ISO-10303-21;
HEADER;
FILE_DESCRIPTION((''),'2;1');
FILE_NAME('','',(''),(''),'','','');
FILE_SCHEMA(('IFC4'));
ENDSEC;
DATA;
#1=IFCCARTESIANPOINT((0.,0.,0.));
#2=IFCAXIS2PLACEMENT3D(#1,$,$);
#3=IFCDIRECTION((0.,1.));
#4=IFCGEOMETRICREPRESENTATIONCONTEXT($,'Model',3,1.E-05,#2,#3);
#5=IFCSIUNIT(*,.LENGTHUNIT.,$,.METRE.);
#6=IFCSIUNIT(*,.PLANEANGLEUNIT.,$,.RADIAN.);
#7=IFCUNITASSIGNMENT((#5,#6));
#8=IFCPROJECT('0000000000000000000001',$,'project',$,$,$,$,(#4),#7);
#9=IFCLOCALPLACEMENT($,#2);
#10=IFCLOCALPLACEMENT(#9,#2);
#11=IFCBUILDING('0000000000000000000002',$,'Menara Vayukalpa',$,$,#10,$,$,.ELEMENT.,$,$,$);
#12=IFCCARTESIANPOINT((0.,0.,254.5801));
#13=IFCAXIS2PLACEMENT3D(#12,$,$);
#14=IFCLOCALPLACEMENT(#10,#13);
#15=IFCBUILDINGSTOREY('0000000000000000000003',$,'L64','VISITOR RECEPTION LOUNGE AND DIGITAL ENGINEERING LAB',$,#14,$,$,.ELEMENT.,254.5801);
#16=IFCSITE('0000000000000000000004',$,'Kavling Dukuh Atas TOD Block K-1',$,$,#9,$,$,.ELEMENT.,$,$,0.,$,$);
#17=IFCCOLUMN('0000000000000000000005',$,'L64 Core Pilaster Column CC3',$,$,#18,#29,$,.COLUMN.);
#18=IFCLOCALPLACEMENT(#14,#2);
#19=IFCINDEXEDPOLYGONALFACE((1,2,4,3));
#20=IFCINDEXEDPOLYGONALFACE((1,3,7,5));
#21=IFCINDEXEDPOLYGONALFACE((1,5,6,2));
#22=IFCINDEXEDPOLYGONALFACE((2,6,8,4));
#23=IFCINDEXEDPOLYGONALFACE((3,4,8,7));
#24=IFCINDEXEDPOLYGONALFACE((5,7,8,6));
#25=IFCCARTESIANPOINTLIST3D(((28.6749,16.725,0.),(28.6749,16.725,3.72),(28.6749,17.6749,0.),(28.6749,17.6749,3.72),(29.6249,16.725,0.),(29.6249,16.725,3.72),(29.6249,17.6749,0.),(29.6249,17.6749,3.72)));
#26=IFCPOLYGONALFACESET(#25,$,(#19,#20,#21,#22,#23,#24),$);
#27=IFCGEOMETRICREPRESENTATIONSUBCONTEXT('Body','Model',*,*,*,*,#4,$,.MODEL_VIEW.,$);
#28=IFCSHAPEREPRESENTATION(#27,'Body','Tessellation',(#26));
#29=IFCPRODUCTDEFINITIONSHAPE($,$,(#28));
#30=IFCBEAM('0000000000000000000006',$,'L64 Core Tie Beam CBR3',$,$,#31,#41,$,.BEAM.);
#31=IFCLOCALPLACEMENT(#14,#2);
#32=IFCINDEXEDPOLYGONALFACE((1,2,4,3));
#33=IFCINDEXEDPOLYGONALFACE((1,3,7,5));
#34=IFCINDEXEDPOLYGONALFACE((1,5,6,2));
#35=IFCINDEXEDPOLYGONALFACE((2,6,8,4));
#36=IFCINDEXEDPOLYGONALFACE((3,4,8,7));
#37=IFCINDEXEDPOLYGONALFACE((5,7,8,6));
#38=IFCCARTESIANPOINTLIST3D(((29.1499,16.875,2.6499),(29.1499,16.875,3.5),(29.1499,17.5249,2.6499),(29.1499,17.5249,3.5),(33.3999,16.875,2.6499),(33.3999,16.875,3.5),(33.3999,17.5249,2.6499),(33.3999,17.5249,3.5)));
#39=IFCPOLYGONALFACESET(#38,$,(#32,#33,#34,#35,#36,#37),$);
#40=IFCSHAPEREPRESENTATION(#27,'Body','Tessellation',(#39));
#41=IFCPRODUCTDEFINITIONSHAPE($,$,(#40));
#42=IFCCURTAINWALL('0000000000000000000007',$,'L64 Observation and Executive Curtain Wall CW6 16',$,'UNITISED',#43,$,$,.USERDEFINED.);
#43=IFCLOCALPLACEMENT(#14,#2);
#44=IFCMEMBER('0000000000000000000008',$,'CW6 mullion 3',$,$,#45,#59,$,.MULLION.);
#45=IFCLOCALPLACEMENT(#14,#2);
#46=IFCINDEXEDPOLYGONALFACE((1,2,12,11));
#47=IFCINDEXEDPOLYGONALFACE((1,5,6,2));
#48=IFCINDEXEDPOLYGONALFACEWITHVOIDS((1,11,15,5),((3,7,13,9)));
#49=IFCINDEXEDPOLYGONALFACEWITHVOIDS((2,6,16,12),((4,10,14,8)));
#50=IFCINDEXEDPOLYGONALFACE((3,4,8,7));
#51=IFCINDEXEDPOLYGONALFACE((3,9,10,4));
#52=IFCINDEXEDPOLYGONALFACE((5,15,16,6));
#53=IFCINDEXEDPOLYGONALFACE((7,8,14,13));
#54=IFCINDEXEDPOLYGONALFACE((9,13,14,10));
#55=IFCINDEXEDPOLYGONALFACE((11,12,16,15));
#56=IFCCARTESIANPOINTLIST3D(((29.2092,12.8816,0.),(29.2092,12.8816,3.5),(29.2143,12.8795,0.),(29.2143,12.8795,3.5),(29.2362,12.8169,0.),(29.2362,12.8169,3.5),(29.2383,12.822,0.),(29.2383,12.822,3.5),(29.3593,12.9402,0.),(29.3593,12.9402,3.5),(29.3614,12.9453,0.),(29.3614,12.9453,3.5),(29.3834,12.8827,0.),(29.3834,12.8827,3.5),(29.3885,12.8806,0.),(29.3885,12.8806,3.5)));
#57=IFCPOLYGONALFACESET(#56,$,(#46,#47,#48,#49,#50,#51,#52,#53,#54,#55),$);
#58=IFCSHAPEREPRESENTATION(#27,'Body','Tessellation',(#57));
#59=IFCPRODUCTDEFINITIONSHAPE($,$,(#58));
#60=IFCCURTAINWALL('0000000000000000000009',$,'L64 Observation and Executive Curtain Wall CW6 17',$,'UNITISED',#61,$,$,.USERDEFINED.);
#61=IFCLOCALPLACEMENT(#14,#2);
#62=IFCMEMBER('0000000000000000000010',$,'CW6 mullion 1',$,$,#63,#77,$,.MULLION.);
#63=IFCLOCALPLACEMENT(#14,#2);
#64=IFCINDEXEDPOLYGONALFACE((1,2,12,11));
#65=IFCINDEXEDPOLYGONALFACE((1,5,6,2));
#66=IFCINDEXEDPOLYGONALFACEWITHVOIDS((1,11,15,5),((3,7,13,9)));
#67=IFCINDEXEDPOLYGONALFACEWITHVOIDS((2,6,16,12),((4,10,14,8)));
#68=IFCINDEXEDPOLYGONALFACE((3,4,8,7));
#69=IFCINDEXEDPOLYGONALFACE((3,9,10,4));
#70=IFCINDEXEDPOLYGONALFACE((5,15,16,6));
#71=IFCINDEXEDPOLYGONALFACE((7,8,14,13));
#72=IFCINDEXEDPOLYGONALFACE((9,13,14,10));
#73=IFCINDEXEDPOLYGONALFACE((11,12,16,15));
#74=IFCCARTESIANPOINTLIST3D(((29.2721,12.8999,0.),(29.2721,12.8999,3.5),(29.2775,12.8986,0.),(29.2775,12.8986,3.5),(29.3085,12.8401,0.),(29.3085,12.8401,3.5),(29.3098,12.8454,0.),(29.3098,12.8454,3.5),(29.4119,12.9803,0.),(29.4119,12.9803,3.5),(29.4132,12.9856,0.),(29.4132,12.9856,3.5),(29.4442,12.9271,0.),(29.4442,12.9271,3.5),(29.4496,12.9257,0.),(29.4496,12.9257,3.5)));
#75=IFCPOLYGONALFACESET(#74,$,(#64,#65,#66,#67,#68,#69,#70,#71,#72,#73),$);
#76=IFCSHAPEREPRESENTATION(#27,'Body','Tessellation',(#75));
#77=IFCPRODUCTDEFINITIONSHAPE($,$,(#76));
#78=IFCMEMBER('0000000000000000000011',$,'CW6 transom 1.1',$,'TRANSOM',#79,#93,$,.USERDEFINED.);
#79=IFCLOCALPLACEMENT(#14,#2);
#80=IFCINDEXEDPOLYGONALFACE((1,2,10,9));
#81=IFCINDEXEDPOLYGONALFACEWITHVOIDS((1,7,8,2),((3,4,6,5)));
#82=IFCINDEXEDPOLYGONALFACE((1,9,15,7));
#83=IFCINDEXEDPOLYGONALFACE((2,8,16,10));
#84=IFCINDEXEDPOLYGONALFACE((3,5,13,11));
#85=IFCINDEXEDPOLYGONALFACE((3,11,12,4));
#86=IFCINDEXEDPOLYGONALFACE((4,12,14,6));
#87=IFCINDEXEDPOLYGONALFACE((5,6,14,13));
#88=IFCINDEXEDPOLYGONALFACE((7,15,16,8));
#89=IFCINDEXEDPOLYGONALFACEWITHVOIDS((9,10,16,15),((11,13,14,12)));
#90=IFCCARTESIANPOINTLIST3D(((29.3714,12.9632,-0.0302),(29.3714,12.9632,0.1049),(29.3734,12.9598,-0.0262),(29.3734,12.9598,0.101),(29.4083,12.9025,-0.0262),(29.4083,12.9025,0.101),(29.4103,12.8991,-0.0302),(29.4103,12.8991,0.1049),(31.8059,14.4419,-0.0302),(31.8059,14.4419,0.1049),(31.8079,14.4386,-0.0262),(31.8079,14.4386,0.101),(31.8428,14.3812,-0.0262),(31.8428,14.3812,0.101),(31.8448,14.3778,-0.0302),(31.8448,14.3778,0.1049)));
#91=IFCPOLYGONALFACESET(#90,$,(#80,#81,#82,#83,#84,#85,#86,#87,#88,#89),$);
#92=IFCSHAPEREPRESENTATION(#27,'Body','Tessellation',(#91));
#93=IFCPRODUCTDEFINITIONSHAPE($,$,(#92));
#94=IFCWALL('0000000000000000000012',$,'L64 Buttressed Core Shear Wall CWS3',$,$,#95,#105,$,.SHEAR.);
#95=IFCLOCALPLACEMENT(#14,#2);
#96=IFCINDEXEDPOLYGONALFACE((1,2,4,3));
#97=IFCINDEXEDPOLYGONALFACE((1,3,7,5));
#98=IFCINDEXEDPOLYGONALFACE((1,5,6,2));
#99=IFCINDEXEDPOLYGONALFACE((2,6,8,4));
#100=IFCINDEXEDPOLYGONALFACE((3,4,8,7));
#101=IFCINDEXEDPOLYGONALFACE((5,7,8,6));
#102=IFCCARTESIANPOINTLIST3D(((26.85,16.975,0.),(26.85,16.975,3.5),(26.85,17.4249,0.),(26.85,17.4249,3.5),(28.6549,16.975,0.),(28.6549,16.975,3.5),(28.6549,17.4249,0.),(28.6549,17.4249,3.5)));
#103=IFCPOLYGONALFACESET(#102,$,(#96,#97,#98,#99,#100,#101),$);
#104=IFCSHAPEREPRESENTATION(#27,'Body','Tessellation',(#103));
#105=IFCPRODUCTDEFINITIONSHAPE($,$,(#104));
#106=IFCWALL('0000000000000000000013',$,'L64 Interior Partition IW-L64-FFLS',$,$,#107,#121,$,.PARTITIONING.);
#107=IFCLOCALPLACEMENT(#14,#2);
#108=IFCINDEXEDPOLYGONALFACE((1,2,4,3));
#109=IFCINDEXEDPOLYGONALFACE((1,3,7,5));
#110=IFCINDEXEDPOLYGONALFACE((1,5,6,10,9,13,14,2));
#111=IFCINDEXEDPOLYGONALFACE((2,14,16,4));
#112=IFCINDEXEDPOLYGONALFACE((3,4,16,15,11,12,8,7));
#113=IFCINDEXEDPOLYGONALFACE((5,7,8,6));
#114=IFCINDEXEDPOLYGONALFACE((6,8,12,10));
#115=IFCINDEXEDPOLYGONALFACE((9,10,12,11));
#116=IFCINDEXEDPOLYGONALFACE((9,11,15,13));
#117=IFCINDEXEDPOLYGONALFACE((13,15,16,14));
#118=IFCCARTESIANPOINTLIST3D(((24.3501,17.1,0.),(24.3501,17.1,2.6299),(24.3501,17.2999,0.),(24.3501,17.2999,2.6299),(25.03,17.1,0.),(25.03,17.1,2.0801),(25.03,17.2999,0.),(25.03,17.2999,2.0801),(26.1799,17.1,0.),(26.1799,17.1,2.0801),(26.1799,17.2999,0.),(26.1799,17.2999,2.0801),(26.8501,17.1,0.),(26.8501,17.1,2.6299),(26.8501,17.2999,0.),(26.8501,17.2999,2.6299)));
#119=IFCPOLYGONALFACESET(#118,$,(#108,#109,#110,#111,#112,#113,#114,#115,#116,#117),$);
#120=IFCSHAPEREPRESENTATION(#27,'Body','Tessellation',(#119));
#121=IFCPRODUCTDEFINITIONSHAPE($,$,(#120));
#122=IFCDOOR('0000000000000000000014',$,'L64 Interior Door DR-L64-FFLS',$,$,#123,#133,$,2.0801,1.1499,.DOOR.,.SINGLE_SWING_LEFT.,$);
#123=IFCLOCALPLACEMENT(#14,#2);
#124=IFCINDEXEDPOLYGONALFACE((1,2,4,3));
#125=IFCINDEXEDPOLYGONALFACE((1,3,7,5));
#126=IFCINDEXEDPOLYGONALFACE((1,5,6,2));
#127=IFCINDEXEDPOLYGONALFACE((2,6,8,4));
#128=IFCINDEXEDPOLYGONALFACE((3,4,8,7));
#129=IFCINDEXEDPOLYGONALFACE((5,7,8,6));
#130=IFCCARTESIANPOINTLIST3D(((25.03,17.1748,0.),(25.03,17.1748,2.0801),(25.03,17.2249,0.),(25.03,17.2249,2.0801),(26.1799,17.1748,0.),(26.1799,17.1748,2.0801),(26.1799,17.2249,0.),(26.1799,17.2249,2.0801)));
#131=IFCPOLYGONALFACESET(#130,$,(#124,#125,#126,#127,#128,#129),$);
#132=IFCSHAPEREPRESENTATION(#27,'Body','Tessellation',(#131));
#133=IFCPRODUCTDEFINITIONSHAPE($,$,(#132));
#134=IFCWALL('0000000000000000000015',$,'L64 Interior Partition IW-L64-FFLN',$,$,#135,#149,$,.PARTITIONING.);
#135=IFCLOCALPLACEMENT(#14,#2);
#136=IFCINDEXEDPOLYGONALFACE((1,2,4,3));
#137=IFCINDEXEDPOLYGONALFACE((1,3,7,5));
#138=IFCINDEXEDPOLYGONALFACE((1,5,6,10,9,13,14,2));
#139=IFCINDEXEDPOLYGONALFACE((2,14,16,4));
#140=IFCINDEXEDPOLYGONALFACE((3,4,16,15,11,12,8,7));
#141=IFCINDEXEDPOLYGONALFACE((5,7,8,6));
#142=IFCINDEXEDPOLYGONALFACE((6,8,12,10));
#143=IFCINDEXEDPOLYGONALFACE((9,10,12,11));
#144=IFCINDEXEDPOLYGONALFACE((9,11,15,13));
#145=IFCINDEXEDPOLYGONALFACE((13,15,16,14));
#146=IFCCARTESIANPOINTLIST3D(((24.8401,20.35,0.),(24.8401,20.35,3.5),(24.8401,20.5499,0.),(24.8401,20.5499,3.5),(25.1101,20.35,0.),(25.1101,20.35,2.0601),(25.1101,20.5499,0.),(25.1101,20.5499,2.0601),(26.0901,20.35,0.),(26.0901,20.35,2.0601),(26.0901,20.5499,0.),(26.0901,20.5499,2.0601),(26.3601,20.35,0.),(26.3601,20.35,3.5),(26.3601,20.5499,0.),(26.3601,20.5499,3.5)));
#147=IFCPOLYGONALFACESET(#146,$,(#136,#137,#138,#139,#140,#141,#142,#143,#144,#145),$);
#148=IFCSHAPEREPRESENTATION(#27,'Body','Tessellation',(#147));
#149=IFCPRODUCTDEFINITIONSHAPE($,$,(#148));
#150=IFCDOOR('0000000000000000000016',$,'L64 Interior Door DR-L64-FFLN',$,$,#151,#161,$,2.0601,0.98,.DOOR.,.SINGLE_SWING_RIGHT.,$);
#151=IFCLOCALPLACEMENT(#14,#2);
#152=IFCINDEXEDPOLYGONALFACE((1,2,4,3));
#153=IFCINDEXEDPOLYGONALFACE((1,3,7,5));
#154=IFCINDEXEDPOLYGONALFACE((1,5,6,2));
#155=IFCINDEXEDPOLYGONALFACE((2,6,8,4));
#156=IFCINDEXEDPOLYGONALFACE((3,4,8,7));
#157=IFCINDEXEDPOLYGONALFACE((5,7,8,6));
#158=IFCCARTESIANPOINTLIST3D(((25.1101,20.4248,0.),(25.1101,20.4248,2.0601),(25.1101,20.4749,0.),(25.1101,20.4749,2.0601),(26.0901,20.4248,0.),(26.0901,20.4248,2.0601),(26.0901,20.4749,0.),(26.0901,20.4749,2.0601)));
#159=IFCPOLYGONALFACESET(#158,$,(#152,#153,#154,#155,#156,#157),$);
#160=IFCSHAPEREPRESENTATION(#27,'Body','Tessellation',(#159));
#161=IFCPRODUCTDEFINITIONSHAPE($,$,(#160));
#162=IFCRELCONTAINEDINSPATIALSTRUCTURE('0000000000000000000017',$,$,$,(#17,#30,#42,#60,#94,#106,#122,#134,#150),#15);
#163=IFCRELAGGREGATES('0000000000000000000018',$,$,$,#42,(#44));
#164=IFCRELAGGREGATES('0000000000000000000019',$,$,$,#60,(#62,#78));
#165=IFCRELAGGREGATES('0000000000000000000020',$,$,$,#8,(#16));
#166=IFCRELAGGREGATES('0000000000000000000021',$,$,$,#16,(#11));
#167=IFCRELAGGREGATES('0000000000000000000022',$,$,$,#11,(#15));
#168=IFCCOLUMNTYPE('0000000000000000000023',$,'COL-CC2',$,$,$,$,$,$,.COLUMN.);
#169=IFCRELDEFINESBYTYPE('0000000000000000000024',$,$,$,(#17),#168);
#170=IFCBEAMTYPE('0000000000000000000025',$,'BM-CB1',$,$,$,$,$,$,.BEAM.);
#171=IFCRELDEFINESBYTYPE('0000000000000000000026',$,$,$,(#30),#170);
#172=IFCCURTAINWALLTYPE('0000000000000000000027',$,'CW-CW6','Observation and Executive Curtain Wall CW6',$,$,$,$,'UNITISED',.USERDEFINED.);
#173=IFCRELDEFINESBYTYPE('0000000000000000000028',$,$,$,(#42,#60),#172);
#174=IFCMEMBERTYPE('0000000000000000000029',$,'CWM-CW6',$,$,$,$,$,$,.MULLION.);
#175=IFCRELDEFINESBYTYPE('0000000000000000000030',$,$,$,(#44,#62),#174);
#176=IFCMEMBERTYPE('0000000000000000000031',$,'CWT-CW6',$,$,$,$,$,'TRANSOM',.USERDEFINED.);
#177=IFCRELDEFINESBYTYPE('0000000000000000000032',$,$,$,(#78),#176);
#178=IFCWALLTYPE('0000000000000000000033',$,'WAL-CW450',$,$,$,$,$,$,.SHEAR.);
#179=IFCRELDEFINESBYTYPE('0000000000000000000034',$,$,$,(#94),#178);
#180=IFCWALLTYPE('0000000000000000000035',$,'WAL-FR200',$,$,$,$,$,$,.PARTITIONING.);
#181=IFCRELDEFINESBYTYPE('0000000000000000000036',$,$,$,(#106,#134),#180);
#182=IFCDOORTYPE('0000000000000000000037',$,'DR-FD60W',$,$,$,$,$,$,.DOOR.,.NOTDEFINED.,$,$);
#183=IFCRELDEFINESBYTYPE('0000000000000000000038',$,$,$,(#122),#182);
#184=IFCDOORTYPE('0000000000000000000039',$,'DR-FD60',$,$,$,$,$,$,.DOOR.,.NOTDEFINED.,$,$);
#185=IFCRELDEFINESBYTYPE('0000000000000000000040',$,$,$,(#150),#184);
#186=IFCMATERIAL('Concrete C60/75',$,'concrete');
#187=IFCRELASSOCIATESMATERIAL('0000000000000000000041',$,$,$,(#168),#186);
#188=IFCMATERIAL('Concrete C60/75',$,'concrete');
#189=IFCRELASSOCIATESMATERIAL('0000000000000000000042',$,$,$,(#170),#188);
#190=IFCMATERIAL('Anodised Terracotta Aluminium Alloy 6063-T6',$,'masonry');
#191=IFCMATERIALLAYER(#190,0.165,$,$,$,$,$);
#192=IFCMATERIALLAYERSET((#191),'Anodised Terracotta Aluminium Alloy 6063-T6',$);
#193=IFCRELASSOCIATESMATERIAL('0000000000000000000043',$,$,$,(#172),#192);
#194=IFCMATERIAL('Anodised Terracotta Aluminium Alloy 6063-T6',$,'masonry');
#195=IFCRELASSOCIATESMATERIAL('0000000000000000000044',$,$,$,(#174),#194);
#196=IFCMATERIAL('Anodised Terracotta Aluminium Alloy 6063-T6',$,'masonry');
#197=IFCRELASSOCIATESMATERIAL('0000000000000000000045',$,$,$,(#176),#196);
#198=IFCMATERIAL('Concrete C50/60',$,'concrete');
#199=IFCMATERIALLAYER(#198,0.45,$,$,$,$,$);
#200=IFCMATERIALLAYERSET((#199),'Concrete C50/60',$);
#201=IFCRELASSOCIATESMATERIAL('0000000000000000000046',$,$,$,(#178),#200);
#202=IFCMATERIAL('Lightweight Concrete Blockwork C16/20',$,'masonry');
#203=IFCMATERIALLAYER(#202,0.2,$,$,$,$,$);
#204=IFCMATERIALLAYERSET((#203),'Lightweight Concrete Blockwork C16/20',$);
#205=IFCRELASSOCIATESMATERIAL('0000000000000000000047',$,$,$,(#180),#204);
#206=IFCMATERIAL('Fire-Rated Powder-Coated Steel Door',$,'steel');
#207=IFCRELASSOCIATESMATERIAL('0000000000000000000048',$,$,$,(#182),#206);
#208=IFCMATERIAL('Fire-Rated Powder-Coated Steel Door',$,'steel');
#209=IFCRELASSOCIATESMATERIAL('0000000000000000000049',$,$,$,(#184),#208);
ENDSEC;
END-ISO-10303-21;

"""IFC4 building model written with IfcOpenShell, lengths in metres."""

from ifc_helpers import new_model, si_unit, direction, frame, frame_2d, origin, origin_2d, place, context, subcontext, project, spatial, rectangle, hollow_rectangle, extrude, material, layer, layer_set, material_profile, profile_set, type_object, element, fill, aggregate, save


model = new_model("IFC4")

# Units and contexts
model_context = context("Model", 3, precision=1e-05, world=origin(), true_north=direction((0.0, 1.0)))
body_context = subcontext(model_context, "Body", "Model", "MODEL_VIEW")
ifc_project = project(units=[si_unit("LENGTHUNIT", "METRE"), si_unit("PLANEANGLEUNIT", "RADIAN")], contexts=[model_context])

# Site, building, storey
site_placement = place(None, origin())
site = spatial("IfcSite", under=ifc_project, at=site_placement, Name="Kavling Dukuh Atas TOD Block K-1", CompositionType="ELEMENT", RefElevation=0.0)
building_placement = place(site_placement, origin())
building = spatial("IfcBuilding", under=site, at=building_placement, Name="Menara Vayukalpa", CompositionType="ELEMENT")
storey_placement = place(building_placement, frame((0.0, 0.0, 254.5801)))
storey = spatial("IfcBuildingStorey", under=building, at=storey_placement, Name="L64", Description="VISITOR RECEPTION LOUNGE AND DIGITAL ENGINEERING LAB", CompositionType="ELEMENT", Elevation=254.5801)

# Column
ifc_material_1 = material(Name="Concrete C60/75", Category="concrete")
ifc_material_profile_1 = material_profile(ifc_material_1, rectangle(XDim=0.95, YDim=0.95, at=origin_2d()), Name="RC 950x950")
ifc_profile_set_1 = profile_set([ifc_material_profile_1], Name="Concrete C60/75")
column_type = type_object("IfcColumnType", Name="COL-CC2", PredefinedType="COLUMN", material=ifc_profile_set_1)
column_placement = place(storey_placement, frame((29.1499, 17.2, 0.0), z_axis=(0.0, 0.0, 1.0), x_axis=(1.0, 0.0, 0.0)))
element("IfcColumn", 1, at=column_placement, inside=storey, type_object=column_type, Name="L64 Core Pilaster Column CC3", PredefinedType="COLUMN", context=body_context, shape_type="SweptSolid", body=[
    extrude(rectangle(XDim=0.95, YDim=0.95, at=origin_2d()), origin(), (0.0, 0.0, 1.0), 3.72),
])

# Beam
ifc_material_2 = material(Name="Concrete C60/75", Category="concrete")
ifc_material_profile_2 = material_profile(ifc_material_2, rectangle(XDim=0.6499, YDim=0.8501, at=origin_2d()), Name="RC 650x850")
ifc_profile_set_2 = profile_set([ifc_material_profile_2], Name="Concrete C60/75")
beam_type = type_object("IfcBeamType", Name="BM-CB1", PredefinedType="BEAM", material=ifc_profile_set_2)
beam_placement = place(storey_placement, frame((29.1499, 17.2, 3.075), z_axis=(1.0, 0.0, 0.0), x_axis=(0.0, 1.0, 0.0)))
element("IfcBeam", 2, at=beam_placement, inside=storey, type_object=beam_type, Name="L64 Core Tie Beam CBR3", PredefinedType="BEAM", context=body_context, shape_type="SweptSolid", body=[
    extrude(rectangle(XDim=0.6499, YDim=0.8501, at=origin_2d()), origin(), (0.0, 0.0, 1.0), 4.25),
])

# Curtain wall, member
ifc_material_3 = material(Name="Anodised Terracotta Aluminium Alloy 6063-T6", Category="masonry")
ifc_layer_1 = layer(ifc_material_3, 0.165)
ifc_layer_set_1 = layer_set([ifc_layer_1], Name="Anodised Terracotta Aluminium Alloy 6063-T6")
curtain_wall_type = type_object("IfcCurtainWallType", Name="CW-CW6", Description="Observation and Executive Curtain Wall CW6", ElementType="UNITISED", PredefinedType="USERDEFINED", material=ifc_layer_set_1)
curtain_wall_1_placement = place(storey_placement, origin())
curtain_wall_1 = element("IfcCurtainWall", 3, at=curtain_wall_1_placement, inside=storey, type_object=curtain_wall_type, Name="L64 Observation and Executive Curtain Wall CW6 16", ObjectType="UNITISED", PredefinedType="USERDEFINED")
ifc_material_4 = material(Name="Anodised Terracotta Aluminium Alloy 6063-T6", Category="masonry")
ifc_material_profile_3 = material_profile(ifc_material_4, hollow_rectangle(XDim=0.0701, YDim=0.165, WallThickness=0.0039, at=origin_2d()), Name="ALU 70x165x4")
ifc_profile_set_3 = profile_set([ifc_material_profile_3], Name="Anodised Terracotta Aluminium Alloy 6063-T6")
member_type_1 = type_object("IfcMemberType", Name="CWM-CW6", PredefinedType="MULLION", material=ifc_profile_set_3)
member_1_placement = place(storey_placement, frame((29.2988, 12.8811, 0.0), z_axis=(0.0, 0.0, 1.0), x_axis=(-0.3859, 0.922541, 0.0)))
member_1 = element("IfcMember", 4, at=member_1_placement, type_object=member_type_1, Name="CW6 mullion 3", PredefinedType="MULLION", context=body_context, shape_type="SweptSolid", body=[
    extrude(hollow_rectangle(XDim=0.0701, YDim=0.165, WallThickness=0.0039, at=origin_2d()), origin(), (0.0, 0.0, 1.0), 3.5),
])
aggregate(curtain_wall_1, [member_1])

# Curtain wall, members
curtain_wall_2_placement = place(storey_placement, origin())
curtain_wall_2 = element("IfcCurtainWall", 5, at=curtain_wall_2_placement, inside=storey, type_object=curtain_wall_type, Name="L64 Observation and Executive Curtain Wall CW6 17", ObjectType="UNITISED", PredefinedType="USERDEFINED")
member_2_placement = place(storey_placement, frame((29.3608, 12.9128, 0.0), z_axis=(0.0, 0.0, 1.0), x_axis=(-0.519176, 0.854668, 0.0)))
member_2 = element("IfcMember", 6, at=member_2_placement, type_object=member_type_1, Name="CW6 mullion 1", PredefinedType="MULLION", context=body_context, shape_type="SweptSolid", body=[
    extrude(hollow_rectangle(XDim=0.0701, YDim=0.165, WallThickness=0.0039, at=origin_2d()), origin(), (0.0, 0.0, 1.0), 3.5),
])
ifc_material_5 = material(Name="Anodised Terracotta Aluminium Alloy 6063-T6", Category="masonry")
ifc_material_profile_4 = material_profile(ifc_material_5, hollow_rectangle(XDim=0.075, YDim=0.135, WallThickness=0.0039, at=origin_2d()), Name="ALU 75x135x4")
ifc_profile_set_4 = profile_set([ifc_material_profile_4], Name="Anodised Terracotta Aluminium Alloy 6063-T6")
member_type_2 = type_object("IfcMemberType", Name="CWT-CW6", ElementType="TRANSOM", PredefinedType="USERDEFINED", material=ifc_profile_set_4)
member_3_placement = place(storey_placement, frame((29.3909, 12.9312, 0.0374), z_axis=(0.85469, 0.519139, 0.0), x_axis=(-0.519139, 0.85469, 0.0)))
member_3 = element("IfcMember", 7, at=member_3_placement, type_object=member_type_2, Name="CW6 transom 1.1", ObjectType="TRANSOM", PredefinedType="USERDEFINED", context=body_context, shape_type="SweptSolid", body=[
    extrude(hollow_rectangle(XDim=0.075, YDim=0.135, WallThickness=0.0039, at=origin_2d()), origin(), (0.0, 0.0, 1.0), 2.8484),
])
aggregate(curtain_wall_2, [member_2, member_3])

# Wall
ifc_material_6 = material(Name="Concrete C50/60", Category="concrete")
ifc_layer_2 = layer(ifc_material_6, 0.45)
ifc_layer_set_2 = layer_set([ifc_layer_2], Name="Concrete C50/60")
wall_type_1 = type_object("IfcWallType", Name="WAL-CW450", PredefinedType="SHEAR", material=ifc_layer_set_2)
wall_1_placement = place(storey_placement, frame((26.8501, 17.2, 0.0), z_axis=(0.0, 0.0, 1.0), x_axis=(1.0, 0.0, 0.0)))
element("IfcWall", 8, at=wall_1_placement, inside=storey, type_object=wall_type_1, Name="L64 Buttressed Core Shear Wall CWS3", PredefinedType="SHEAR", context=body_context, shape_type="SweptSolid", body=[
    extrude(rectangle(XDim=1.8049, YDim=0.45, at=frame_2d((0.9023, 0.0))), origin(), (0.0, 0.0, 1.0), 3.5),
])

# Walls, openings, doors
ifc_material_7 = material(Name="Lightweight Concrete Blockwork C16/20", Category="masonry")
ifc_layer_3 = layer(ifc_material_7, 0.2)
ifc_layer_set_3 = layer_set([ifc_layer_3], Name="Lightweight Concrete Blockwork C16/20")
wall_type_2 = type_object("IfcWallType", Name="WAL-FR200", PredefinedType="PARTITIONING", material=ifc_layer_set_3)
wall_2_placement = place(storey_placement, frame((24.3501, 17.2, 0.0), z_axis=(0.0, 0.0, 1.0), x_axis=(1.0, 0.0, 0.0)))
wall_2 = element("IfcWall", 9, at=wall_2_placement, inside=storey, type_object=wall_type_2, Name="L64 Interior Partition IW-L64-FFLS", PredefinedType="PARTITIONING", context=body_context, shape_type="SweptSolid", body=[
    extrude(rectangle(XDim=2.5, YDim=0.2, at=frame_2d((1.25, 0.0))), origin(), (0.0, 0.0, 1.0), 2.6299),
])
opening_1_placement = place(wall_2_placement, frame((0.6799, 0.0, 0.0)))
opening_1 = element("IfcOpeningElement", 10, at=opening_1_placement, cuts=wall_2, PredefinedType="OPENING", context=body_context, shape_type="SweptSolid", body=[
    extrude(rectangle(XDim=1.1499, YDim=2.0801, at=frame_2d((0.575, 1.04))), frame((0.0, 0.1099, 0.0), z_axis=(0.0, -1.0, 0.0), x_axis=(1.0, 0.0, 0.0)), (0.0, 0.0, 1.0), 0.22),
])
ifc_material_8 = material(Name="Fire-Rated Powder-Coated Steel Door", Category="steel")
door_type_1 = type_object("IfcDoorType", Name="DR-FD60W", OperationType="NOTDEFINED", PredefinedType="DOOR", material=ifc_material_8)
door_1_placement = place(opening_1_placement, origin())
door_1 = element("IfcDoor", 11, at=door_1_placement, inside=storey, type_object=door_type_1, Name="L64 Interior Door DR-L64-FFLS", OperationType="SINGLE_SWING_LEFT", OverallHeight=2.0801, OverallWidth=1.1499, PredefinedType="DOOR", context=body_context, shape_type="SweptSolid", body=[
    extrude(rectangle(XDim=1.1499, YDim=2.0801, at=frame_2d((0.575, 1.04))), frame((0.0, 0.0249, 0.0), z_axis=(0.0, -1.0, 0.0), x_axis=(1.0, 0.0, 0.0)), (0.0, 0.0, 1.0), 0.05),
])
fill(opening_1, door_1)
wall_3_placement = place(storey_placement, frame((24.8401, 20.45, 0.0), z_axis=(0.0, 0.0, 1.0), x_axis=(1.0, 0.0, 0.0)))
wall_3 = element("IfcWall", 12, at=wall_3_placement, inside=storey, type_object=wall_type_2, Name="L64 Interior Partition IW-L64-FFLN", PredefinedType="PARTITIONING", context=body_context, shape_type="SweptSolid", body=[
    extrude(rectangle(XDim=1.52, YDim=0.2, at=frame_2d((0.76, 0.0))), origin(), (0.0, 0.0, 1.0), 3.5),
])
opening_2_placement = place(wall_3_placement, frame((0.27, 0.0, 0.0)))
opening_2 = element("IfcOpeningElement", 13, at=opening_2_placement, cuts=wall_3, PredefinedType="OPENING", context=body_context, shape_type="SweptSolid", body=[
    extrude(rectangle(XDim=0.98, YDim=2.0601, at=frame_2d((0.49, 1.03))), frame((0.0, 0.1099, 0.0), z_axis=(0.0, -1.0, 0.0), x_axis=(1.0, 0.0, 0.0)), (0.0, 0.0, 1.0), 0.22),
])
ifc_material_9 = material(Name="Fire-Rated Powder-Coated Steel Door", Category="steel")
door_type_2 = type_object("IfcDoorType", Name="DR-FD60", OperationType="NOTDEFINED", PredefinedType="DOOR", material=ifc_material_9)
door_2_placement = place(opening_2_placement, origin())
door_2 = element("IfcDoor", 14, at=door_2_placement, inside=storey, type_object=door_type_2, Name="L64 Interior Door DR-L64-FFLN", OperationType="SINGLE_SWING_RIGHT", OverallHeight=2.0601, OverallWidth=0.98, PredefinedType="DOOR", context=body_context, shape_type="SweptSolid", body=[
    extrude(rectangle(XDim=0.98, YDim=2.0601, at=frame_2d((0.49, 1.03))), frame((0.0, 0.0249, 0.0), z_axis=(0.0, -1.0, 0.0), x_axis=(1.0, 0.0, 0.0)), (0.0, 0.0, 1.0), 0.05),
])
fill(opening_2, door_2)

save(model, "model.ifc")
